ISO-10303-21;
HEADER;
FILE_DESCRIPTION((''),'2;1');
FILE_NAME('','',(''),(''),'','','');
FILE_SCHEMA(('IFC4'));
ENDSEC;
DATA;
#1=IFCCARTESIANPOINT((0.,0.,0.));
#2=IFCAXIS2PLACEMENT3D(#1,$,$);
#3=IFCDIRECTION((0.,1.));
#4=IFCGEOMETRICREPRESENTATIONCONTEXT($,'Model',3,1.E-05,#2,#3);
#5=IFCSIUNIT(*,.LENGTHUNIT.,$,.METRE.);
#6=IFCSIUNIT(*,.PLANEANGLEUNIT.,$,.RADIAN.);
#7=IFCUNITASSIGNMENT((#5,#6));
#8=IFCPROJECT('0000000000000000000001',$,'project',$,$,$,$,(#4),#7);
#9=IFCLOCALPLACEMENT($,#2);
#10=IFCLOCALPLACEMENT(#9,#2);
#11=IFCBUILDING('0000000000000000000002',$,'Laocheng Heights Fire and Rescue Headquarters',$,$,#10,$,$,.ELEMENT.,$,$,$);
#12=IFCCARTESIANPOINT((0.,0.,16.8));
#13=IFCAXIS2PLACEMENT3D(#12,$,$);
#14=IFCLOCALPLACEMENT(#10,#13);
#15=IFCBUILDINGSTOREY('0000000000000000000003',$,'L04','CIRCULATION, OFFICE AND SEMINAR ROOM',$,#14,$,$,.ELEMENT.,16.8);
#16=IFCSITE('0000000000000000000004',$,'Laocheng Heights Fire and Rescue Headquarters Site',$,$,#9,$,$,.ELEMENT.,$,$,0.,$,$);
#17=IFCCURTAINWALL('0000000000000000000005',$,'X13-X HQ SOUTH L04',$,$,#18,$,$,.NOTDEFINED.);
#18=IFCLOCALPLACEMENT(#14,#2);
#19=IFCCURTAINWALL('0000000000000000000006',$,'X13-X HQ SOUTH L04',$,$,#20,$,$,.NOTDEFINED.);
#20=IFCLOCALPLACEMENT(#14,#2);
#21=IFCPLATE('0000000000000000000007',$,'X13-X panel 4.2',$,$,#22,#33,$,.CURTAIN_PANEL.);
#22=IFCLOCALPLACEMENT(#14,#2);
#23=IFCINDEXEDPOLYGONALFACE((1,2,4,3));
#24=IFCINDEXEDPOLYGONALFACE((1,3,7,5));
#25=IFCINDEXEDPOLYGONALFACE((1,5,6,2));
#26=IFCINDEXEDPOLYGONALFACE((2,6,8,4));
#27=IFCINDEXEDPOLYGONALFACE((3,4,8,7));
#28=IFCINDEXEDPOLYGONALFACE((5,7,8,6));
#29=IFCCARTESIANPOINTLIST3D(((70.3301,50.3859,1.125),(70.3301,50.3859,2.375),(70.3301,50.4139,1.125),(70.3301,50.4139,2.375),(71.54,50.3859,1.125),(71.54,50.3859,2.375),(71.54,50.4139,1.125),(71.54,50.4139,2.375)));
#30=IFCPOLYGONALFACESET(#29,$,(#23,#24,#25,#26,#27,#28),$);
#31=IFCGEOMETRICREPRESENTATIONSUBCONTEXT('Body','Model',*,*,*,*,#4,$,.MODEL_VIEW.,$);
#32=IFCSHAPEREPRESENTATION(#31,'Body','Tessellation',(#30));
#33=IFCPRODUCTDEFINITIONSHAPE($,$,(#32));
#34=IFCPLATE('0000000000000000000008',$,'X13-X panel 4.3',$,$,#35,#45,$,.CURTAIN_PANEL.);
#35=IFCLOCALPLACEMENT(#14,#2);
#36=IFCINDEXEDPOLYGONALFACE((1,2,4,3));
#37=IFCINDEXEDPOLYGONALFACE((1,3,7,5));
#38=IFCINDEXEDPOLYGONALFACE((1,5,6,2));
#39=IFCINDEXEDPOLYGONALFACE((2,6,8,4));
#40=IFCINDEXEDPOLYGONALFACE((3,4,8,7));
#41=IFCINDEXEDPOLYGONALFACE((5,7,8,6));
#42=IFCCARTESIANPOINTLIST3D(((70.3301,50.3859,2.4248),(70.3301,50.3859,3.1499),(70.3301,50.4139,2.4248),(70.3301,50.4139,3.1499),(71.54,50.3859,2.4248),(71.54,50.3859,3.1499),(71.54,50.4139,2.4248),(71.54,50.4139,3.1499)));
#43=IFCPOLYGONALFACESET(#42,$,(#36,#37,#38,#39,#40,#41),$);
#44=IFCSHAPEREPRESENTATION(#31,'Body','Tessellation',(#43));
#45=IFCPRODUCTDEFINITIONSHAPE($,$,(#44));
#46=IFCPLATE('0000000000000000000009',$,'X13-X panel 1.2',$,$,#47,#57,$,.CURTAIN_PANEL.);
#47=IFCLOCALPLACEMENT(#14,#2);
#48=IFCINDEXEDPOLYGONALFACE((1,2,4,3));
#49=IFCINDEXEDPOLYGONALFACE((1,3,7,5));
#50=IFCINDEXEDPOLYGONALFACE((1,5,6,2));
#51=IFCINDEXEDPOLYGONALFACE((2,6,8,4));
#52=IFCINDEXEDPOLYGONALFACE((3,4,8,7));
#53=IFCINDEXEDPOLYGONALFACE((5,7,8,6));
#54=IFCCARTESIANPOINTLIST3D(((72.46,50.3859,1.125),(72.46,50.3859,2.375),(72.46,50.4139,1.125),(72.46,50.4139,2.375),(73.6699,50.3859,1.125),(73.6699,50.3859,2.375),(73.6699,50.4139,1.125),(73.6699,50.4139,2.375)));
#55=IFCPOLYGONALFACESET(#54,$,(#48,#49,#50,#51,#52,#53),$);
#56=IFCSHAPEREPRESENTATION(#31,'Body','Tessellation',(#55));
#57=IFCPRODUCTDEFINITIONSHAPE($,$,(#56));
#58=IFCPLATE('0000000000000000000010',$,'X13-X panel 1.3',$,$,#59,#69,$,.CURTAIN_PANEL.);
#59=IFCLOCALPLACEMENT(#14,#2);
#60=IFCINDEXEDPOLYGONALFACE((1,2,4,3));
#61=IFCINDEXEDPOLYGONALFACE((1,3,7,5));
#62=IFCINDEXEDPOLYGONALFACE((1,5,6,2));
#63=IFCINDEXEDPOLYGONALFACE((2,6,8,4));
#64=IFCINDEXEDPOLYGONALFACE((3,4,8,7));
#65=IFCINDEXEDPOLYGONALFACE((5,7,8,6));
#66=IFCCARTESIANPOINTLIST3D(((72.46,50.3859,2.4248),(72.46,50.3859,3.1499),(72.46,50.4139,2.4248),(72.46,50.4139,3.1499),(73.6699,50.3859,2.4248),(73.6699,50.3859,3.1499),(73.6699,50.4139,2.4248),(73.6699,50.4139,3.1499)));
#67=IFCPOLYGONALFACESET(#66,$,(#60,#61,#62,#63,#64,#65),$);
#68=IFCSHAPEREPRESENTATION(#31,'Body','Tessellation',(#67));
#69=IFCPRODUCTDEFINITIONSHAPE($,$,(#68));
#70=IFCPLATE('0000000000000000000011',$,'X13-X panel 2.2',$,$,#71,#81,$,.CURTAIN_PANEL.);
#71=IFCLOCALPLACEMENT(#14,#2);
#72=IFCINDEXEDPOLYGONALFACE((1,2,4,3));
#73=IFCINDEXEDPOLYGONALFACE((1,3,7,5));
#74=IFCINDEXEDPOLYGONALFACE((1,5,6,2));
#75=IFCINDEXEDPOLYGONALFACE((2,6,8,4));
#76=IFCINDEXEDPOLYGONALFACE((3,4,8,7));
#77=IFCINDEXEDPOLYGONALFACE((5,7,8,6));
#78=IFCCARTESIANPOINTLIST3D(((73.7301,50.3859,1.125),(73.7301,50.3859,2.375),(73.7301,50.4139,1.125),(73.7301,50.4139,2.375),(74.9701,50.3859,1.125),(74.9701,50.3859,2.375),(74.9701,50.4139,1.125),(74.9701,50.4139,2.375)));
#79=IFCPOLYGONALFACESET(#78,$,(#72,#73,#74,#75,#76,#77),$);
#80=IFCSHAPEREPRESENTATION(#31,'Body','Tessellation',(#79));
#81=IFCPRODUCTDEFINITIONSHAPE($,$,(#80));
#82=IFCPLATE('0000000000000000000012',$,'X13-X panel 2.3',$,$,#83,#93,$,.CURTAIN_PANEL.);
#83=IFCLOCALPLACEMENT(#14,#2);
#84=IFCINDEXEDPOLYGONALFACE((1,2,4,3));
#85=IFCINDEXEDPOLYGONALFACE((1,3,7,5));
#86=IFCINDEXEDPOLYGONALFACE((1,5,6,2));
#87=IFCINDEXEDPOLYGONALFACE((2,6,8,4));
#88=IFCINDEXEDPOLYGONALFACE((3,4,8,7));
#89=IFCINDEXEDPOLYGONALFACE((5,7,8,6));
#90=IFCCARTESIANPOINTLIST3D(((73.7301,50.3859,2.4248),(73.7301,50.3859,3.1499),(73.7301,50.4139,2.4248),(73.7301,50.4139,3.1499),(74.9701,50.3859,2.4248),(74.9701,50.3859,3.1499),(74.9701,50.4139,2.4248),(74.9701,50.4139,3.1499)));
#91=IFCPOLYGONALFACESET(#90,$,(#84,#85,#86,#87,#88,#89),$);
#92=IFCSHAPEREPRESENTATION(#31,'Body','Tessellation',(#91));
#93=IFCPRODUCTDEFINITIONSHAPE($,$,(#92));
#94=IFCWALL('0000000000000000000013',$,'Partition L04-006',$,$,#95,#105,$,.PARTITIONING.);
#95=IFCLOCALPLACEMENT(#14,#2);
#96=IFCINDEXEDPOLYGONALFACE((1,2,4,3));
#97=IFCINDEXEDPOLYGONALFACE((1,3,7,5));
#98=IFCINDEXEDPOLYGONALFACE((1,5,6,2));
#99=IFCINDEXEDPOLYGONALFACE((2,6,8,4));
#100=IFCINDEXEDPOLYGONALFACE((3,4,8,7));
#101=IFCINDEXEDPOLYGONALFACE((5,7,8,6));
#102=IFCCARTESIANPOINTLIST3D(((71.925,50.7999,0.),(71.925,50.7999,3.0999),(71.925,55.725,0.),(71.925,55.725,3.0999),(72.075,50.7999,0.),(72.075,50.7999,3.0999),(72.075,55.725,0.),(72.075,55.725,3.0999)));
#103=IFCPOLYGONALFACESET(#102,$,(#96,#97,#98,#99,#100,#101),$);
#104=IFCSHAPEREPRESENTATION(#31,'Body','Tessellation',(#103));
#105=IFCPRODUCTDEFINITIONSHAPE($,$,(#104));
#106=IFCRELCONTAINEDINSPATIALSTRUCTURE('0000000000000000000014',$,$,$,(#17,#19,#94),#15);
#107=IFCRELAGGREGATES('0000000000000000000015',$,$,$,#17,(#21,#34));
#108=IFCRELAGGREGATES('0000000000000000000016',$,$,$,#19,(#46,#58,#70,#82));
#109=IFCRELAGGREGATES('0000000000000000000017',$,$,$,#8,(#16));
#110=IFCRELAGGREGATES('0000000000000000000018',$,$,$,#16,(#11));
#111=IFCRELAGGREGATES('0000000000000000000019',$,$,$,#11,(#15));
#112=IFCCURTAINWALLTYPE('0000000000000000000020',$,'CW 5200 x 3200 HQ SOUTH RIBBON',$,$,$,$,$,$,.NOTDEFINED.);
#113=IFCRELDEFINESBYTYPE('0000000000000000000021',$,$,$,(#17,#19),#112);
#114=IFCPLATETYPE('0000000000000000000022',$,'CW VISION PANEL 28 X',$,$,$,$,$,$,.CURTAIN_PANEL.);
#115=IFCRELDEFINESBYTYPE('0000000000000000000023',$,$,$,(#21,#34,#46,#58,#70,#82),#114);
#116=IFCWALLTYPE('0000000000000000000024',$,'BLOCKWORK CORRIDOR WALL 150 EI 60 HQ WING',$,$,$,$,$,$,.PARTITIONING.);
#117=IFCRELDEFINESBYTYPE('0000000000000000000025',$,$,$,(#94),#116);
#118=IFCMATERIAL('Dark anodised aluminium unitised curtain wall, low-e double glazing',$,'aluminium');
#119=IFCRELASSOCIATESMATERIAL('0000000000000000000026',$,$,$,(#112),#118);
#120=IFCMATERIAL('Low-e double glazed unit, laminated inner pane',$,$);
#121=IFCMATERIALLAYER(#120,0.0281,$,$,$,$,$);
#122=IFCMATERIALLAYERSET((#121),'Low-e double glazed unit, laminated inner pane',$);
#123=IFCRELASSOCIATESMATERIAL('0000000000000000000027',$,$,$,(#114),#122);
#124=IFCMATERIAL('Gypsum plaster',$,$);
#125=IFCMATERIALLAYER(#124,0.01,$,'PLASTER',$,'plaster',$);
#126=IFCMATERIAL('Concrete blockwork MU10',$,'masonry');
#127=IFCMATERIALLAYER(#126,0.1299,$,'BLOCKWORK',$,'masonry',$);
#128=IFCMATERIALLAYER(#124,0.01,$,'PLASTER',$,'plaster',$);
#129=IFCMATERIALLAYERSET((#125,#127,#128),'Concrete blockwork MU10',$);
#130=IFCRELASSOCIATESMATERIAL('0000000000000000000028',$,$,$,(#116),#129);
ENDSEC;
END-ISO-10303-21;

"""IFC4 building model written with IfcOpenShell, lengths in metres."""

from ifc_helpers import new_model, si_unit, direction, frame, frame_2d, origin, origin_2d, place, context, subcontext, project, spatial, rectangle, extrude, material, layer, layer_set, type_object, element, aggregate, save


model = new_model("IFC4")

# Units and contexts
model_context = context("Model", 3, precision=1e-05, world=origin(), true_north=direction((0.0, 1.0)))
body_context = subcontext(model_context, "Body", "Model", "MODEL_VIEW")
ifc_project = project(units=[si_unit("LENGTHUNIT", "METRE"), si_unit("PLANEANGLEUNIT", "RADIAN")], contexts=[model_context])

# Site, building, storey
site_placement = place(None, origin())
site = spatial("IfcSite", under=ifc_project, at=site_placement, Name="Laocheng Heights Fire and Rescue Headquarters Site", CompositionType="ELEMENT", RefElevation=0.0)
building_placement = place(site_placement, origin())
building = spatial("IfcBuilding", under=site, at=building_placement, Name="Laocheng Heights Fire and Rescue Headquarters", CompositionType="ELEMENT")
storey_placement = place(building_placement, frame((0.0, 0.0, 16.8)))
storey = spatial("IfcBuildingStorey", under=building, at=storey_placement, Name="L04", Description="CIRCULATION, OFFICE AND SEMINAR ROOM", CompositionType="ELEMENT", Elevation=16.8)

# Curtain walls
ifc_material_1 = material(Name="Dark anodised aluminium unitised curtain wall, low-e double glazing", Category="aluminium")
curtain_wall_type = type_object("IfcCurtainWallType", Name="CW 5200 x 3200 HQ SOUTH RIBBON", PredefinedType="NOTDEFINED", material=ifc_material_1)
curtain_wall_1_placement = place(storey_placement, origin())
curtain_wall_1 = element("IfcCurtainWall", 1, at=curtain_wall_1_placement, inside=storey, type_object=curtain_wall_type, Name="X13-X HQ SOUTH L04", PredefinedType="NOTDEFINED")
curtain_wall_2_placement = place(storey_placement, origin())
curtain_wall_2 = element("IfcCurtainWall", 2, at=curtain_wall_2_placement, inside=storey, type_object=curtain_wall_type, Name="X13-X HQ SOUTH L04", PredefinedType="NOTDEFINED")

# Plates
ifc_material_2 = material(Name="Low-e double glazed unit, laminated inner pane")
ifc_layer_1 = layer(ifc_material_2, 0.0281)
ifc_layer_set_1 = layer_set([ifc_layer_1], Name="Low-e double glazed unit, laminated inner pane")
plate_type_1 = type_object("IfcPlateType", Name="CW VISION PANEL 28 X", PredefinedType="CURTAIN_PANEL", material=ifc_layer_set_1)
plate_1_placement = place(storey_placement, frame((70.9351, 50.3999, 1.125), z_axis=(0.0, 0.0, 1.0), x_axis=(1.0, 0.0, 0.0)))
plate_1 = element("IfcPlate", 3, at=plate_1_placement, type_object=plate_type_1, Name="X13-X panel 4.2", PredefinedType="CURTAIN_PANEL", context=body_context, shape_type="SweptSolid", body=[
    extrude(rectangle(XDim=1.21, YDim=0.0281, at=origin_2d()), origin(), (0.0, 0.0, 1.0), 1.25),
])
plate_2_placement = place(storey_placement, frame((70.9351, 50.3999, 2.4248), z_axis=(0.0, 0.0, 1.0), x_axis=(1.0, 0.0, 0.0)))
plate_2 = element("IfcPlate", 4, at=plate_2_placement, type_object=plate_type_1, Name="X13-X panel 4.3", PredefinedType="CURTAIN_PANEL", context=body_context, shape_type="SweptSolid", body=[
    extrude(rectangle(XDim=1.21, YDim=0.0281, at=origin_2d()), origin(), (0.0, 0.0, 1.0), 0.7251),
])
aggregate(curtain_wall_1, [plate_1, plate_2])
plate_3_placement = place(storey_placement, frame((73.0649, 50.3999, 1.125), z_axis=(0.0, 0.0, 1.0), x_axis=(1.0, 0.0, 0.0)))
plate_3 = element("IfcPlate", 5, at=plate_3_placement, type_object=plate_type_1, Name="X13-X panel 1.2", PredefinedType="CURTAIN_PANEL", context=body_context, shape_type="SweptSolid", body=[
    extrude(rectangle(XDim=1.21, YDim=0.0281, at=origin_2d()), origin(), (0.0, 0.0, 1.0), 1.25),
])
plate_4_placement = place(storey_placement, frame((73.0649, 50.3999, 2.4248), z_axis=(0.0, 0.0, 1.0), x_axis=(1.0, 0.0, 0.0)))
plate_4 = element("IfcPlate", 6, at=plate_4_placement, type_object=plate_type_1, Name="X13-X panel 1.3", PredefinedType="CURTAIN_PANEL", context=body_context, shape_type="SweptSolid", body=[
    extrude(rectangle(XDim=1.21, YDim=0.0281, at=origin_2d()), origin(), (0.0, 0.0, 1.0), 0.7251),
])
plate_5_placement = place(storey_placement, frame((74.3501, 50.3999, 1.125), z_axis=(0.0, 0.0, 1.0), x_axis=(1.0, 0.0, 0.0)))
plate_5 = element("IfcPlate", 7, at=plate_5_placement, type_object=plate_type_1, Name="X13-X panel 2.2", PredefinedType="CURTAIN_PANEL", context=body_context, shape_type="SweptSolid", body=[
    extrude(rectangle(XDim=1.24, YDim=0.0281, at=origin_2d()), origin(), (0.0, 0.0, 1.0), 1.25),
])
plate_6_placement = place(storey_placement, frame((74.3501, 50.3999, 2.4248), z_axis=(0.0, 0.0, 1.0), x_axis=(1.0, 0.0, 0.0)))
plate_6 = element("IfcPlate", 8, at=plate_6_placement, type_object=plate_type_1, Name="X13-X panel 2.3", PredefinedType="CURTAIN_PANEL", context=body_context, shape_type="SweptSolid", body=[
    extrude(rectangle(XDim=1.24, YDim=0.0281, at=origin_2d()), origin(), (0.0, 0.0, 1.0), 0.7251),
])
aggregate(curtain_wall_2, [plate_3, plate_4, plate_5, plate_6])

# Wall
ifc_material_3 = material(Name="Gypsum plaster")
ifc_layer_2 = layer(ifc_material_3, 0.01, Name="PLASTER", Category="plaster")
ifc_material_4 = material(Name="Concrete blockwork MU10", Category="masonry")
ifc_layer_3 = layer(ifc_material_4, 0.1299, Name="BLOCKWORK", Category="masonry")
ifc_layer_4 = layer(ifc_material_3, 0.01, Name="PLASTER", Category="plaster")
ifc_layer_set_2 = layer_set([ifc_layer_2, ifc_layer_3, ifc_layer_4], Name="Concrete blockwork MU10")
wall_type = type_object("IfcWallType", Name="BLOCKWORK CORRIDOR WALL 150 EI 60 HQ WING", PredefinedType="PARTITIONING", material=ifc_layer_set_2)
wall_placement = place(storey_placement, frame((72.0, 50.8, 0.0), z_axis=(0.0, 0.0, 1.0), x_axis=(0.0, 1.0, 0.0)))
element("IfcWall", 9, at=wall_placement, inside=storey, type_object=wall_type, Name="Partition L04-006", PredefinedType="PARTITIONING", context=body_context, shape_type="SweptSolid", body=[
    extrude(rectangle(XDim=4.925, YDim=0.1499, at=frame_2d((2.4624, 0.0))), origin(), (0.0, 0.0, 1.0), 3.0999),
])

save(model, "model.ifc")
